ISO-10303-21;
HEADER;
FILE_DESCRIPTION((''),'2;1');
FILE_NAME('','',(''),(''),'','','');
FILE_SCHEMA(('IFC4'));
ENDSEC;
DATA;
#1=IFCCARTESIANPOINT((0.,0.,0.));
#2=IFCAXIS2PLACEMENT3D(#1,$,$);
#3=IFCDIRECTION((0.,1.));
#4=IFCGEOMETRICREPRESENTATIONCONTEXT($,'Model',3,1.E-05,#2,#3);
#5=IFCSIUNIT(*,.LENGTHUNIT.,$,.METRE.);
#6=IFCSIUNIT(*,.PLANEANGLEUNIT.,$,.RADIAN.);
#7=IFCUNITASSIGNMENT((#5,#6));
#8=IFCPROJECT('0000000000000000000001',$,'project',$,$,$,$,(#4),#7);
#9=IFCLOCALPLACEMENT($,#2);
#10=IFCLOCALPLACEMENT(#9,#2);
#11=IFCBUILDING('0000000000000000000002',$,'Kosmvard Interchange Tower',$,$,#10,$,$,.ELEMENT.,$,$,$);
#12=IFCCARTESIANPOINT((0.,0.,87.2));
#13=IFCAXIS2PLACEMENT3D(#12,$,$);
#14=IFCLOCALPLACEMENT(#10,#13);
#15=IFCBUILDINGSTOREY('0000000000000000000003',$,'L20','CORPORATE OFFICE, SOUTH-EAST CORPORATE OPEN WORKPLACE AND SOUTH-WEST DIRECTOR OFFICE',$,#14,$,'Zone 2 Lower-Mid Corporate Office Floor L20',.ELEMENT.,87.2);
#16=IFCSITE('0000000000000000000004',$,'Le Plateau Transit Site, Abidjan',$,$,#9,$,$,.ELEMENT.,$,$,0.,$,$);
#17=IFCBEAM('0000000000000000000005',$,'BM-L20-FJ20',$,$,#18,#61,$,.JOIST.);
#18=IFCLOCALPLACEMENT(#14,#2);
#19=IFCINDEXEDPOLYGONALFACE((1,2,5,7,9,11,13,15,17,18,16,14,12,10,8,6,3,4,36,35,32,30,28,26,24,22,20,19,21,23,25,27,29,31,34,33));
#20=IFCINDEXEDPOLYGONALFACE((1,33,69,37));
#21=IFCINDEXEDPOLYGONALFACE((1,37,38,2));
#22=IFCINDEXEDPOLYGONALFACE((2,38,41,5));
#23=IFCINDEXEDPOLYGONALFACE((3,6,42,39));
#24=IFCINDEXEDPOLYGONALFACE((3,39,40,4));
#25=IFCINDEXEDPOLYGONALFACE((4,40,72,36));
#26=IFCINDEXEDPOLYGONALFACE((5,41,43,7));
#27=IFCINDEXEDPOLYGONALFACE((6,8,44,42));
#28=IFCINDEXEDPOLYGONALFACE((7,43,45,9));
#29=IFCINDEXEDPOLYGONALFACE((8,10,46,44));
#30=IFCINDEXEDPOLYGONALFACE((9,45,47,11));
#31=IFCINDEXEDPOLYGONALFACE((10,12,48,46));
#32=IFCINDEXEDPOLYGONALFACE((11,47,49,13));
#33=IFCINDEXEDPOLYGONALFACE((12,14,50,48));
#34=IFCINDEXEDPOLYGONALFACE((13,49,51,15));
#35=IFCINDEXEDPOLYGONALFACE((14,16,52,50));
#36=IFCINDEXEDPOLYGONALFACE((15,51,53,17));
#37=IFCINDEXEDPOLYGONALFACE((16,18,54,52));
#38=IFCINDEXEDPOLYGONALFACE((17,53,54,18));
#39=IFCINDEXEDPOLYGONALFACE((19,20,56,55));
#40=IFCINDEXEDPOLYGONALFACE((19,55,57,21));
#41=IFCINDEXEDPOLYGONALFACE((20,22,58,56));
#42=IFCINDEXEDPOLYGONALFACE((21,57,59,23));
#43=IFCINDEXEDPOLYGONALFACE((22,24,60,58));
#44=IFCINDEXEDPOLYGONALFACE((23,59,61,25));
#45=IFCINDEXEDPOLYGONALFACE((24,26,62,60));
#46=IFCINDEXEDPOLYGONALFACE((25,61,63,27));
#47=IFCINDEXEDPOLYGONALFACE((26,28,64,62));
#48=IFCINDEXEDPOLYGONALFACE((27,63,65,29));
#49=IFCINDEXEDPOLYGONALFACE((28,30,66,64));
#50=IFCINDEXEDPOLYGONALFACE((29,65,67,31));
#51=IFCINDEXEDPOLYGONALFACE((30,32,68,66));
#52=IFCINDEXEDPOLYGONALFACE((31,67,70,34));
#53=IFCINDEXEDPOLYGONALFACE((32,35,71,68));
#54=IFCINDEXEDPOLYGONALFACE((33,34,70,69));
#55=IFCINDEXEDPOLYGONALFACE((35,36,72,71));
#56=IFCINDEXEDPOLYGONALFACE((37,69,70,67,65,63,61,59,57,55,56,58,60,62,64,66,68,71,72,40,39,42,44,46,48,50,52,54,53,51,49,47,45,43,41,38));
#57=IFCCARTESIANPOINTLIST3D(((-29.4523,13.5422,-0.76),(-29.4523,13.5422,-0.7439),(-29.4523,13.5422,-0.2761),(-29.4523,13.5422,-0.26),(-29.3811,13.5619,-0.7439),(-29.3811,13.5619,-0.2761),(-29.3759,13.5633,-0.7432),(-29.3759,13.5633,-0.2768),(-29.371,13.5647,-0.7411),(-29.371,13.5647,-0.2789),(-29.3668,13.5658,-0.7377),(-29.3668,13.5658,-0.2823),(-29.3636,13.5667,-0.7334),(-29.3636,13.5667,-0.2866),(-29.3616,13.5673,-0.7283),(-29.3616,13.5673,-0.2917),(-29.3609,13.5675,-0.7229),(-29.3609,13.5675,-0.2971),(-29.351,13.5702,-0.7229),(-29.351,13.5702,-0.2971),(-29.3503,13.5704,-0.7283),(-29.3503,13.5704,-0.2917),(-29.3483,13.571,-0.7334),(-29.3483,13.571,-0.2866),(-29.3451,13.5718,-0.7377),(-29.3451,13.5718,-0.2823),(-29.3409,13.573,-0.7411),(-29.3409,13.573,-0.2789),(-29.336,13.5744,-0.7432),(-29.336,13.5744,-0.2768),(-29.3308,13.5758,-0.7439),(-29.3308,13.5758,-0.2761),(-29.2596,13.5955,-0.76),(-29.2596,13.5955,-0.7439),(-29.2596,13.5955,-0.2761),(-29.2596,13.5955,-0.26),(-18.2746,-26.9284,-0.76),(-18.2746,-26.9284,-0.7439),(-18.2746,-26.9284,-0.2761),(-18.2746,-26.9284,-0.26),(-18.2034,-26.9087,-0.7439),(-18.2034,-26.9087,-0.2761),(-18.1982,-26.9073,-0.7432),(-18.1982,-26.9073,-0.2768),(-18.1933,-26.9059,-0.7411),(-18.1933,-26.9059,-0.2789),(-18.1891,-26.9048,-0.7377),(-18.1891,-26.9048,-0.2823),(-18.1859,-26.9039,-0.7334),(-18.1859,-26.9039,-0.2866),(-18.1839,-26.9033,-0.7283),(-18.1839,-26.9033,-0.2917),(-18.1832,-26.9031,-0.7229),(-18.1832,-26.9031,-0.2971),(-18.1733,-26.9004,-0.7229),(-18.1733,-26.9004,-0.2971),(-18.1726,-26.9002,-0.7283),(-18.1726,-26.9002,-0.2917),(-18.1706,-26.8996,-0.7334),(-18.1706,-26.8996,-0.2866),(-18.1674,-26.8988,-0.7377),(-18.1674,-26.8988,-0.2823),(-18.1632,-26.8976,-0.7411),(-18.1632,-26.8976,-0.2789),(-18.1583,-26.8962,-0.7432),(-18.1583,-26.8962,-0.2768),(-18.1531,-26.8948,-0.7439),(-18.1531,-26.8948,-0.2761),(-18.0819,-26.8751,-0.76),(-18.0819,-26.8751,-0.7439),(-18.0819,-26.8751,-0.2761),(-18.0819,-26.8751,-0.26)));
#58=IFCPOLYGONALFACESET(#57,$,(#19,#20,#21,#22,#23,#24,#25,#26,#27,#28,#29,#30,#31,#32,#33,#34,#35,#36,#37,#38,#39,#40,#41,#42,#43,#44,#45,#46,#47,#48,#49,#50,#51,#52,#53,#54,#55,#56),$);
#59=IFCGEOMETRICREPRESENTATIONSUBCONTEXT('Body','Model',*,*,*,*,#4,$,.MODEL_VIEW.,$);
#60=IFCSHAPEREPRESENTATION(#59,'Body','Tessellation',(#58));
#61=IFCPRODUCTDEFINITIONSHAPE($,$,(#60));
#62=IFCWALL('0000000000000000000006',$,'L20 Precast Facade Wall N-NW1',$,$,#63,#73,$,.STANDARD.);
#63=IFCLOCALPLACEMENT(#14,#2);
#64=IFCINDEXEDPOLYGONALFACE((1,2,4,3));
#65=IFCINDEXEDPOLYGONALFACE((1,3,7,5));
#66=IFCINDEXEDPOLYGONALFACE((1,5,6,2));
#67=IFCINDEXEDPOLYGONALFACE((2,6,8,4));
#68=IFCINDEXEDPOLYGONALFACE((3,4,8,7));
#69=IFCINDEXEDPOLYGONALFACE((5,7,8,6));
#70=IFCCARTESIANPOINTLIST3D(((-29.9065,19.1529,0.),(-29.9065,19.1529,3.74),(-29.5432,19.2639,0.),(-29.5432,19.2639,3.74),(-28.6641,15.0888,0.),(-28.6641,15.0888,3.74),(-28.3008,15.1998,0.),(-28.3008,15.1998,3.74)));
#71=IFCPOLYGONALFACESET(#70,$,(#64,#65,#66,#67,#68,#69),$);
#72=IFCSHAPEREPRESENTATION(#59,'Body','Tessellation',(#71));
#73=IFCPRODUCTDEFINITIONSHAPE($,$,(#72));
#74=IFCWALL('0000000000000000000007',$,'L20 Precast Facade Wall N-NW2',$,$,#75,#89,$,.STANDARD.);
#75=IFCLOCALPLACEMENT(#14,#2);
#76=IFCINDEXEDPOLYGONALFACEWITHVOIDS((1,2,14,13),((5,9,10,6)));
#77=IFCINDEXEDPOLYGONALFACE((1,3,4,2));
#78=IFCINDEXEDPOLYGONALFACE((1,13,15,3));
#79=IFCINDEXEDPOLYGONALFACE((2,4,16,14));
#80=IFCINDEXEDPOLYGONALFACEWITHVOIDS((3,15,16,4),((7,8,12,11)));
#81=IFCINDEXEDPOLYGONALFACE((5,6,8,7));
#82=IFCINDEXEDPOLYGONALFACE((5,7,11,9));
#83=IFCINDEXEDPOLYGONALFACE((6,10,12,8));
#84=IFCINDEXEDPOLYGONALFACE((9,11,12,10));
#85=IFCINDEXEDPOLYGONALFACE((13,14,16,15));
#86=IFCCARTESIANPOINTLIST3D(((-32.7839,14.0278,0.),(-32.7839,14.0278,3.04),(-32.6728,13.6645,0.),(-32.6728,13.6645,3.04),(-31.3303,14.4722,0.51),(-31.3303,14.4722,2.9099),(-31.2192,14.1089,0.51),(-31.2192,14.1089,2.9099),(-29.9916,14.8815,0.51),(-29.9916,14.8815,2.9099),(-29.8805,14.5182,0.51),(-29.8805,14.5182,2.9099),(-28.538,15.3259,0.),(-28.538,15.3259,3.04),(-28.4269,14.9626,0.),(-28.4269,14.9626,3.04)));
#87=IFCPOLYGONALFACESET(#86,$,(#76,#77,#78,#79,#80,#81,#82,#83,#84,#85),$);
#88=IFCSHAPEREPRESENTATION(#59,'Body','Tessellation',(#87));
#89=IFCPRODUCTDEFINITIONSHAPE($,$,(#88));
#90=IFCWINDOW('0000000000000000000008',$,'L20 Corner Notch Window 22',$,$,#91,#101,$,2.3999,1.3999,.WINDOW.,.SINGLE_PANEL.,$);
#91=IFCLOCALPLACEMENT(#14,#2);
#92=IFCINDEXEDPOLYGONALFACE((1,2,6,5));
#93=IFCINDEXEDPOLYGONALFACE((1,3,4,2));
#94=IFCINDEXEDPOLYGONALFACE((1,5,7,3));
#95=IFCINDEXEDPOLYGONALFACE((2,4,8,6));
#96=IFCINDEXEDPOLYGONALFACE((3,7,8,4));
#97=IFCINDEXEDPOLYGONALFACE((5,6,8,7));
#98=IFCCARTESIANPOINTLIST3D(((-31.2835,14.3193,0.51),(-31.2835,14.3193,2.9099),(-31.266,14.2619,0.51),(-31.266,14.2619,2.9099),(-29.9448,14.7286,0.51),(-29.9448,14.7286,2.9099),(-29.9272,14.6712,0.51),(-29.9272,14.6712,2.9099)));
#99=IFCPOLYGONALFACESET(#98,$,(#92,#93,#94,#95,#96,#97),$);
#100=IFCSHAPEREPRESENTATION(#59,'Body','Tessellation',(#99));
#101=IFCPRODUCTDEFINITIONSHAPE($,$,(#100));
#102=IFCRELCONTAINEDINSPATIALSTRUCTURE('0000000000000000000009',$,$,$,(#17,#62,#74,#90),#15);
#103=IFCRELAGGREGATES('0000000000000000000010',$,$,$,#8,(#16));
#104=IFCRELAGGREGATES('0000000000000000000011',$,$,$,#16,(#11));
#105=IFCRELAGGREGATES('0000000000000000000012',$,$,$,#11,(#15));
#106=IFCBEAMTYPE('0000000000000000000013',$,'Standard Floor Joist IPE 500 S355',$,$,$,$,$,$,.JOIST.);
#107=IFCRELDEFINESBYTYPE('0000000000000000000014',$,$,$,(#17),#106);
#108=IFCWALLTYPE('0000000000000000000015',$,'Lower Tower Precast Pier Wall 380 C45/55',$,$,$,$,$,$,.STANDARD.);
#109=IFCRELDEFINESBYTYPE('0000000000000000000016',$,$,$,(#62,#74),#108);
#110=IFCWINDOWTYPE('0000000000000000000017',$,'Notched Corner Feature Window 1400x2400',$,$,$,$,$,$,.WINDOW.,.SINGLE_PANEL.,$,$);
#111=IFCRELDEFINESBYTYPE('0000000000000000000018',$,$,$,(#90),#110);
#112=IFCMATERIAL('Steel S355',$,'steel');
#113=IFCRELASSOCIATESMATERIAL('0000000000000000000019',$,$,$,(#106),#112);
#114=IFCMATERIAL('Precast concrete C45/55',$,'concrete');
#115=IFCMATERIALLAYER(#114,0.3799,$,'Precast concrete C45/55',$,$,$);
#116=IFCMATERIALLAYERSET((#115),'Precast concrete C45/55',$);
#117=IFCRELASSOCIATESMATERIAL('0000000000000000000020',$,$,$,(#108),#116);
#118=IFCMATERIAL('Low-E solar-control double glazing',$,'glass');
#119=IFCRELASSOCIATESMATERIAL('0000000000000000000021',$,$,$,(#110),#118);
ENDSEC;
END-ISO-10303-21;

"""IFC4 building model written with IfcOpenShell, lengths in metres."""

from ifc_helpers import new_model, si_unit, direction, frame, frame_2d, origin, origin_2d, place, context, subcontext, project, spatial, rectangle, i_section, extrude, source, transform, mapped, material, layer, layer_set, material_profile, profile_set, type_object, element, fill, save


model = new_model("IFC4")

# Units and contexts
model_context = context("Model", 3, precision=1e-05, world=origin(), true_north=direction((0.0, 1.0)))
body_context = subcontext(model_context, "Body", "Model", "MODEL_VIEW")
ifc_project = project(units=[si_unit("LENGTHUNIT", "METRE"), si_unit("PLANEANGLEUNIT", "RADIAN")], contexts=[model_context])

# Site, building, storey
site_placement = place(None, origin())
site = spatial("IfcSite", under=ifc_project, at=site_placement, Name="Le Plateau Transit Site, Abidjan", CompositionType="ELEMENT", RefElevation=0.0)
building_placement = place(site_placement, origin())
building = spatial("IfcBuilding", under=site, at=building_placement, Name="Kosmvard Interchange Tower", CompositionType="ELEMENT")
storey_placement = place(building_placement, frame((0.0, 0.0, 87.2)))
storey = spatial("IfcBuildingStorey", under=building, at=storey_placement, Name="L20", Description="CORPORATE OFFICE, SOUTH-EAST CORPORATE OPEN WORKPLACE AND SOUTH-WEST DIRECTOR OFFICE", LongName="Zone 2 Lower-Mid Corporate Office Floor L20", CompositionType="ELEMENT", Elevation=87.2)

# Beam
ifc_material_1 = material(Name="Steel S355", Category="steel")
ifc_material_2 = material(Name="Precast concrete C45/55", Category="concrete")
ifc_material_profile_1 = material_profile(ifc_material_1, i_section(OverallWidth=0.2, OverallDepth=0.5, WebThickness=0.0103, FlangeThickness=0.0161, FilletRadius=0.021, at=origin_2d()), Name="IPE 500")
ifc_profile_set_1 = profile_set([ifc_material_profile_1], Name="Steel S355")
beam_type_1 = type_object("IfcBeamType", Name="Standard Floor Joist IPE 500 S355", PredefinedType="JOIST", material=ifc_profile_set_1)
shared_shape_1 = source(origin(), body_context, "Body", "SweptSolid", [
    extrude(i_section(OverallWidth=0.2, OverallDepth=0.5, WebThickness=0.0103, FlangeThickness=0.0161, FilletRadius=0.021, at=origin_2d()), origin(), (0.0, 0.0, 1.0), 41.9858),
])
beam_1_placement = place(storey_placement, frame((-29.356, 13.5688, -0.51), z_axis=(0.266226, -0.963911, 0.0), x_axis=(0.963911, 0.266226, 0.0)))
element("IfcBeam", 1, at=beam_1_placement, inside=storey, type_object=beam_type_1, Name="BM-L20-FJ20", PredefinedType="JOIST", context=body_context, shape_type="MappedRepresentation", body=[
    mapped(shared_shape_1, transform((0.0, 0.0, 0.0), scale=1.0)),
])

# Wall
ifc_layer_1 = layer(ifc_material_2, 0.3799, Name="Precast concrete C45/55")
ifc_layer_set_1 = layer_set([ifc_layer_1], Name="Precast concrete C45/55")
wall_type = type_object("IfcWallType", Name="Lower Tower Precast Pier Wall 380 C45/55", PredefinedType="STANDARD", material=ifc_layer_set_1)
wall_1_placement = place(storey_placement, frame((-29.7249, 19.2085, 0.0), z_axis=(0.0, 0.0, 1.0), x_axis=(0.292346, -0.956313, 0.0)))
element("IfcWall", 2, at=wall_1_placement, inside=storey, type_object=wall_type, Name="L20 Precast Facade Wall N-NW1", PredefinedType="STANDARD", context=body_context, shape_type="SweptSolid", body=[
    extrude(rectangle(XDim=4.2498, YDim=0.3799, at=frame_2d((2.125, 0.0))), origin(), (0.0, 0.0, 1.0), 3.74),
])

# Wall, opening, window
wall_2_placement = place(storey_placement, frame((-28.4824, 15.1443, 0.0), z_axis=(0.0, 0.0, 1.0), x_axis=(-0.956304, -0.292374, 0.0)))
wall_2 = element("IfcWall", 3, at=wall_2_placement, inside=storey, type_object=wall_type, Name="L20 Precast Facade Wall N-NW2", PredefinedType="STANDARD", context=body_context, shape_type="SweptSolid", body=[
    extrude(rectangle(XDim=4.4399, YDim=0.3799, at=frame_2d((2.22, 0.0))), origin(), (0.0, 0.0, 1.0), 3.04),
])
opening_1_placement = place(wall_2_placement, frame((1.52, 0.0, 0.51)))
opening_1 = element("IfcOpeningElement", 4, at=opening_1_placement, cuts=wall_2, PredefinedType="OPENING", context=body_context, shape_type="SweptSolid", body=[
    extrude(rectangle(XDim=1.3999, YDim=2.3999, at=frame_2d((0.7, 1.2))), frame((0.0, 0.2, 0.0), z_axis=(0.0, -1.0, 0.0), x_axis=(1.0, 0.0, 0.0)), (0.0, 0.0, 1.0), 0.3999),
])
ifc_material_3 = material(Name="Low-E solar-control double glazing", Category="glass")
window_type_1 = type_object("IfcWindowType", Name="Notched Corner Feature Window 1400x2400", PartitioningType="SINGLE_PANEL", PredefinedType="WINDOW", material=ifc_material_3)
shared_shape_2 = source(origin(), body_context, "Body", "SweptSolid", [
    extrude(rectangle(XDim=1.3999, YDim=2.3999, at=frame_2d((0.7, 1.2))), frame((0.0, 0.03, 0.0), z_axis=(0.0, -1.0, 0.0), x_axis=(1.0, 0.0, 0.0)), (0.0, 0.0, 1.0), 0.0601),
])
window_1_placement = place(opening_1_placement, origin())
window_1 = element("IfcWindow", 5, at=window_1_placement, inside=storey, type_object=window_type_1, Name="L20 Corner Notch Window 22", OverallHeight=2.3999, OverallWidth=1.3999, PartitioningType="SINGLE_PANEL", PredefinedType="WINDOW", context=body_context, shape_type="MappedRepresentation", body=[
    mapped(shared_shape_2, transform((0.0, 0.0, 0.0), scale=1.0)),
])
fill(opening_1, window_1)

save(model, "model.ifc")
